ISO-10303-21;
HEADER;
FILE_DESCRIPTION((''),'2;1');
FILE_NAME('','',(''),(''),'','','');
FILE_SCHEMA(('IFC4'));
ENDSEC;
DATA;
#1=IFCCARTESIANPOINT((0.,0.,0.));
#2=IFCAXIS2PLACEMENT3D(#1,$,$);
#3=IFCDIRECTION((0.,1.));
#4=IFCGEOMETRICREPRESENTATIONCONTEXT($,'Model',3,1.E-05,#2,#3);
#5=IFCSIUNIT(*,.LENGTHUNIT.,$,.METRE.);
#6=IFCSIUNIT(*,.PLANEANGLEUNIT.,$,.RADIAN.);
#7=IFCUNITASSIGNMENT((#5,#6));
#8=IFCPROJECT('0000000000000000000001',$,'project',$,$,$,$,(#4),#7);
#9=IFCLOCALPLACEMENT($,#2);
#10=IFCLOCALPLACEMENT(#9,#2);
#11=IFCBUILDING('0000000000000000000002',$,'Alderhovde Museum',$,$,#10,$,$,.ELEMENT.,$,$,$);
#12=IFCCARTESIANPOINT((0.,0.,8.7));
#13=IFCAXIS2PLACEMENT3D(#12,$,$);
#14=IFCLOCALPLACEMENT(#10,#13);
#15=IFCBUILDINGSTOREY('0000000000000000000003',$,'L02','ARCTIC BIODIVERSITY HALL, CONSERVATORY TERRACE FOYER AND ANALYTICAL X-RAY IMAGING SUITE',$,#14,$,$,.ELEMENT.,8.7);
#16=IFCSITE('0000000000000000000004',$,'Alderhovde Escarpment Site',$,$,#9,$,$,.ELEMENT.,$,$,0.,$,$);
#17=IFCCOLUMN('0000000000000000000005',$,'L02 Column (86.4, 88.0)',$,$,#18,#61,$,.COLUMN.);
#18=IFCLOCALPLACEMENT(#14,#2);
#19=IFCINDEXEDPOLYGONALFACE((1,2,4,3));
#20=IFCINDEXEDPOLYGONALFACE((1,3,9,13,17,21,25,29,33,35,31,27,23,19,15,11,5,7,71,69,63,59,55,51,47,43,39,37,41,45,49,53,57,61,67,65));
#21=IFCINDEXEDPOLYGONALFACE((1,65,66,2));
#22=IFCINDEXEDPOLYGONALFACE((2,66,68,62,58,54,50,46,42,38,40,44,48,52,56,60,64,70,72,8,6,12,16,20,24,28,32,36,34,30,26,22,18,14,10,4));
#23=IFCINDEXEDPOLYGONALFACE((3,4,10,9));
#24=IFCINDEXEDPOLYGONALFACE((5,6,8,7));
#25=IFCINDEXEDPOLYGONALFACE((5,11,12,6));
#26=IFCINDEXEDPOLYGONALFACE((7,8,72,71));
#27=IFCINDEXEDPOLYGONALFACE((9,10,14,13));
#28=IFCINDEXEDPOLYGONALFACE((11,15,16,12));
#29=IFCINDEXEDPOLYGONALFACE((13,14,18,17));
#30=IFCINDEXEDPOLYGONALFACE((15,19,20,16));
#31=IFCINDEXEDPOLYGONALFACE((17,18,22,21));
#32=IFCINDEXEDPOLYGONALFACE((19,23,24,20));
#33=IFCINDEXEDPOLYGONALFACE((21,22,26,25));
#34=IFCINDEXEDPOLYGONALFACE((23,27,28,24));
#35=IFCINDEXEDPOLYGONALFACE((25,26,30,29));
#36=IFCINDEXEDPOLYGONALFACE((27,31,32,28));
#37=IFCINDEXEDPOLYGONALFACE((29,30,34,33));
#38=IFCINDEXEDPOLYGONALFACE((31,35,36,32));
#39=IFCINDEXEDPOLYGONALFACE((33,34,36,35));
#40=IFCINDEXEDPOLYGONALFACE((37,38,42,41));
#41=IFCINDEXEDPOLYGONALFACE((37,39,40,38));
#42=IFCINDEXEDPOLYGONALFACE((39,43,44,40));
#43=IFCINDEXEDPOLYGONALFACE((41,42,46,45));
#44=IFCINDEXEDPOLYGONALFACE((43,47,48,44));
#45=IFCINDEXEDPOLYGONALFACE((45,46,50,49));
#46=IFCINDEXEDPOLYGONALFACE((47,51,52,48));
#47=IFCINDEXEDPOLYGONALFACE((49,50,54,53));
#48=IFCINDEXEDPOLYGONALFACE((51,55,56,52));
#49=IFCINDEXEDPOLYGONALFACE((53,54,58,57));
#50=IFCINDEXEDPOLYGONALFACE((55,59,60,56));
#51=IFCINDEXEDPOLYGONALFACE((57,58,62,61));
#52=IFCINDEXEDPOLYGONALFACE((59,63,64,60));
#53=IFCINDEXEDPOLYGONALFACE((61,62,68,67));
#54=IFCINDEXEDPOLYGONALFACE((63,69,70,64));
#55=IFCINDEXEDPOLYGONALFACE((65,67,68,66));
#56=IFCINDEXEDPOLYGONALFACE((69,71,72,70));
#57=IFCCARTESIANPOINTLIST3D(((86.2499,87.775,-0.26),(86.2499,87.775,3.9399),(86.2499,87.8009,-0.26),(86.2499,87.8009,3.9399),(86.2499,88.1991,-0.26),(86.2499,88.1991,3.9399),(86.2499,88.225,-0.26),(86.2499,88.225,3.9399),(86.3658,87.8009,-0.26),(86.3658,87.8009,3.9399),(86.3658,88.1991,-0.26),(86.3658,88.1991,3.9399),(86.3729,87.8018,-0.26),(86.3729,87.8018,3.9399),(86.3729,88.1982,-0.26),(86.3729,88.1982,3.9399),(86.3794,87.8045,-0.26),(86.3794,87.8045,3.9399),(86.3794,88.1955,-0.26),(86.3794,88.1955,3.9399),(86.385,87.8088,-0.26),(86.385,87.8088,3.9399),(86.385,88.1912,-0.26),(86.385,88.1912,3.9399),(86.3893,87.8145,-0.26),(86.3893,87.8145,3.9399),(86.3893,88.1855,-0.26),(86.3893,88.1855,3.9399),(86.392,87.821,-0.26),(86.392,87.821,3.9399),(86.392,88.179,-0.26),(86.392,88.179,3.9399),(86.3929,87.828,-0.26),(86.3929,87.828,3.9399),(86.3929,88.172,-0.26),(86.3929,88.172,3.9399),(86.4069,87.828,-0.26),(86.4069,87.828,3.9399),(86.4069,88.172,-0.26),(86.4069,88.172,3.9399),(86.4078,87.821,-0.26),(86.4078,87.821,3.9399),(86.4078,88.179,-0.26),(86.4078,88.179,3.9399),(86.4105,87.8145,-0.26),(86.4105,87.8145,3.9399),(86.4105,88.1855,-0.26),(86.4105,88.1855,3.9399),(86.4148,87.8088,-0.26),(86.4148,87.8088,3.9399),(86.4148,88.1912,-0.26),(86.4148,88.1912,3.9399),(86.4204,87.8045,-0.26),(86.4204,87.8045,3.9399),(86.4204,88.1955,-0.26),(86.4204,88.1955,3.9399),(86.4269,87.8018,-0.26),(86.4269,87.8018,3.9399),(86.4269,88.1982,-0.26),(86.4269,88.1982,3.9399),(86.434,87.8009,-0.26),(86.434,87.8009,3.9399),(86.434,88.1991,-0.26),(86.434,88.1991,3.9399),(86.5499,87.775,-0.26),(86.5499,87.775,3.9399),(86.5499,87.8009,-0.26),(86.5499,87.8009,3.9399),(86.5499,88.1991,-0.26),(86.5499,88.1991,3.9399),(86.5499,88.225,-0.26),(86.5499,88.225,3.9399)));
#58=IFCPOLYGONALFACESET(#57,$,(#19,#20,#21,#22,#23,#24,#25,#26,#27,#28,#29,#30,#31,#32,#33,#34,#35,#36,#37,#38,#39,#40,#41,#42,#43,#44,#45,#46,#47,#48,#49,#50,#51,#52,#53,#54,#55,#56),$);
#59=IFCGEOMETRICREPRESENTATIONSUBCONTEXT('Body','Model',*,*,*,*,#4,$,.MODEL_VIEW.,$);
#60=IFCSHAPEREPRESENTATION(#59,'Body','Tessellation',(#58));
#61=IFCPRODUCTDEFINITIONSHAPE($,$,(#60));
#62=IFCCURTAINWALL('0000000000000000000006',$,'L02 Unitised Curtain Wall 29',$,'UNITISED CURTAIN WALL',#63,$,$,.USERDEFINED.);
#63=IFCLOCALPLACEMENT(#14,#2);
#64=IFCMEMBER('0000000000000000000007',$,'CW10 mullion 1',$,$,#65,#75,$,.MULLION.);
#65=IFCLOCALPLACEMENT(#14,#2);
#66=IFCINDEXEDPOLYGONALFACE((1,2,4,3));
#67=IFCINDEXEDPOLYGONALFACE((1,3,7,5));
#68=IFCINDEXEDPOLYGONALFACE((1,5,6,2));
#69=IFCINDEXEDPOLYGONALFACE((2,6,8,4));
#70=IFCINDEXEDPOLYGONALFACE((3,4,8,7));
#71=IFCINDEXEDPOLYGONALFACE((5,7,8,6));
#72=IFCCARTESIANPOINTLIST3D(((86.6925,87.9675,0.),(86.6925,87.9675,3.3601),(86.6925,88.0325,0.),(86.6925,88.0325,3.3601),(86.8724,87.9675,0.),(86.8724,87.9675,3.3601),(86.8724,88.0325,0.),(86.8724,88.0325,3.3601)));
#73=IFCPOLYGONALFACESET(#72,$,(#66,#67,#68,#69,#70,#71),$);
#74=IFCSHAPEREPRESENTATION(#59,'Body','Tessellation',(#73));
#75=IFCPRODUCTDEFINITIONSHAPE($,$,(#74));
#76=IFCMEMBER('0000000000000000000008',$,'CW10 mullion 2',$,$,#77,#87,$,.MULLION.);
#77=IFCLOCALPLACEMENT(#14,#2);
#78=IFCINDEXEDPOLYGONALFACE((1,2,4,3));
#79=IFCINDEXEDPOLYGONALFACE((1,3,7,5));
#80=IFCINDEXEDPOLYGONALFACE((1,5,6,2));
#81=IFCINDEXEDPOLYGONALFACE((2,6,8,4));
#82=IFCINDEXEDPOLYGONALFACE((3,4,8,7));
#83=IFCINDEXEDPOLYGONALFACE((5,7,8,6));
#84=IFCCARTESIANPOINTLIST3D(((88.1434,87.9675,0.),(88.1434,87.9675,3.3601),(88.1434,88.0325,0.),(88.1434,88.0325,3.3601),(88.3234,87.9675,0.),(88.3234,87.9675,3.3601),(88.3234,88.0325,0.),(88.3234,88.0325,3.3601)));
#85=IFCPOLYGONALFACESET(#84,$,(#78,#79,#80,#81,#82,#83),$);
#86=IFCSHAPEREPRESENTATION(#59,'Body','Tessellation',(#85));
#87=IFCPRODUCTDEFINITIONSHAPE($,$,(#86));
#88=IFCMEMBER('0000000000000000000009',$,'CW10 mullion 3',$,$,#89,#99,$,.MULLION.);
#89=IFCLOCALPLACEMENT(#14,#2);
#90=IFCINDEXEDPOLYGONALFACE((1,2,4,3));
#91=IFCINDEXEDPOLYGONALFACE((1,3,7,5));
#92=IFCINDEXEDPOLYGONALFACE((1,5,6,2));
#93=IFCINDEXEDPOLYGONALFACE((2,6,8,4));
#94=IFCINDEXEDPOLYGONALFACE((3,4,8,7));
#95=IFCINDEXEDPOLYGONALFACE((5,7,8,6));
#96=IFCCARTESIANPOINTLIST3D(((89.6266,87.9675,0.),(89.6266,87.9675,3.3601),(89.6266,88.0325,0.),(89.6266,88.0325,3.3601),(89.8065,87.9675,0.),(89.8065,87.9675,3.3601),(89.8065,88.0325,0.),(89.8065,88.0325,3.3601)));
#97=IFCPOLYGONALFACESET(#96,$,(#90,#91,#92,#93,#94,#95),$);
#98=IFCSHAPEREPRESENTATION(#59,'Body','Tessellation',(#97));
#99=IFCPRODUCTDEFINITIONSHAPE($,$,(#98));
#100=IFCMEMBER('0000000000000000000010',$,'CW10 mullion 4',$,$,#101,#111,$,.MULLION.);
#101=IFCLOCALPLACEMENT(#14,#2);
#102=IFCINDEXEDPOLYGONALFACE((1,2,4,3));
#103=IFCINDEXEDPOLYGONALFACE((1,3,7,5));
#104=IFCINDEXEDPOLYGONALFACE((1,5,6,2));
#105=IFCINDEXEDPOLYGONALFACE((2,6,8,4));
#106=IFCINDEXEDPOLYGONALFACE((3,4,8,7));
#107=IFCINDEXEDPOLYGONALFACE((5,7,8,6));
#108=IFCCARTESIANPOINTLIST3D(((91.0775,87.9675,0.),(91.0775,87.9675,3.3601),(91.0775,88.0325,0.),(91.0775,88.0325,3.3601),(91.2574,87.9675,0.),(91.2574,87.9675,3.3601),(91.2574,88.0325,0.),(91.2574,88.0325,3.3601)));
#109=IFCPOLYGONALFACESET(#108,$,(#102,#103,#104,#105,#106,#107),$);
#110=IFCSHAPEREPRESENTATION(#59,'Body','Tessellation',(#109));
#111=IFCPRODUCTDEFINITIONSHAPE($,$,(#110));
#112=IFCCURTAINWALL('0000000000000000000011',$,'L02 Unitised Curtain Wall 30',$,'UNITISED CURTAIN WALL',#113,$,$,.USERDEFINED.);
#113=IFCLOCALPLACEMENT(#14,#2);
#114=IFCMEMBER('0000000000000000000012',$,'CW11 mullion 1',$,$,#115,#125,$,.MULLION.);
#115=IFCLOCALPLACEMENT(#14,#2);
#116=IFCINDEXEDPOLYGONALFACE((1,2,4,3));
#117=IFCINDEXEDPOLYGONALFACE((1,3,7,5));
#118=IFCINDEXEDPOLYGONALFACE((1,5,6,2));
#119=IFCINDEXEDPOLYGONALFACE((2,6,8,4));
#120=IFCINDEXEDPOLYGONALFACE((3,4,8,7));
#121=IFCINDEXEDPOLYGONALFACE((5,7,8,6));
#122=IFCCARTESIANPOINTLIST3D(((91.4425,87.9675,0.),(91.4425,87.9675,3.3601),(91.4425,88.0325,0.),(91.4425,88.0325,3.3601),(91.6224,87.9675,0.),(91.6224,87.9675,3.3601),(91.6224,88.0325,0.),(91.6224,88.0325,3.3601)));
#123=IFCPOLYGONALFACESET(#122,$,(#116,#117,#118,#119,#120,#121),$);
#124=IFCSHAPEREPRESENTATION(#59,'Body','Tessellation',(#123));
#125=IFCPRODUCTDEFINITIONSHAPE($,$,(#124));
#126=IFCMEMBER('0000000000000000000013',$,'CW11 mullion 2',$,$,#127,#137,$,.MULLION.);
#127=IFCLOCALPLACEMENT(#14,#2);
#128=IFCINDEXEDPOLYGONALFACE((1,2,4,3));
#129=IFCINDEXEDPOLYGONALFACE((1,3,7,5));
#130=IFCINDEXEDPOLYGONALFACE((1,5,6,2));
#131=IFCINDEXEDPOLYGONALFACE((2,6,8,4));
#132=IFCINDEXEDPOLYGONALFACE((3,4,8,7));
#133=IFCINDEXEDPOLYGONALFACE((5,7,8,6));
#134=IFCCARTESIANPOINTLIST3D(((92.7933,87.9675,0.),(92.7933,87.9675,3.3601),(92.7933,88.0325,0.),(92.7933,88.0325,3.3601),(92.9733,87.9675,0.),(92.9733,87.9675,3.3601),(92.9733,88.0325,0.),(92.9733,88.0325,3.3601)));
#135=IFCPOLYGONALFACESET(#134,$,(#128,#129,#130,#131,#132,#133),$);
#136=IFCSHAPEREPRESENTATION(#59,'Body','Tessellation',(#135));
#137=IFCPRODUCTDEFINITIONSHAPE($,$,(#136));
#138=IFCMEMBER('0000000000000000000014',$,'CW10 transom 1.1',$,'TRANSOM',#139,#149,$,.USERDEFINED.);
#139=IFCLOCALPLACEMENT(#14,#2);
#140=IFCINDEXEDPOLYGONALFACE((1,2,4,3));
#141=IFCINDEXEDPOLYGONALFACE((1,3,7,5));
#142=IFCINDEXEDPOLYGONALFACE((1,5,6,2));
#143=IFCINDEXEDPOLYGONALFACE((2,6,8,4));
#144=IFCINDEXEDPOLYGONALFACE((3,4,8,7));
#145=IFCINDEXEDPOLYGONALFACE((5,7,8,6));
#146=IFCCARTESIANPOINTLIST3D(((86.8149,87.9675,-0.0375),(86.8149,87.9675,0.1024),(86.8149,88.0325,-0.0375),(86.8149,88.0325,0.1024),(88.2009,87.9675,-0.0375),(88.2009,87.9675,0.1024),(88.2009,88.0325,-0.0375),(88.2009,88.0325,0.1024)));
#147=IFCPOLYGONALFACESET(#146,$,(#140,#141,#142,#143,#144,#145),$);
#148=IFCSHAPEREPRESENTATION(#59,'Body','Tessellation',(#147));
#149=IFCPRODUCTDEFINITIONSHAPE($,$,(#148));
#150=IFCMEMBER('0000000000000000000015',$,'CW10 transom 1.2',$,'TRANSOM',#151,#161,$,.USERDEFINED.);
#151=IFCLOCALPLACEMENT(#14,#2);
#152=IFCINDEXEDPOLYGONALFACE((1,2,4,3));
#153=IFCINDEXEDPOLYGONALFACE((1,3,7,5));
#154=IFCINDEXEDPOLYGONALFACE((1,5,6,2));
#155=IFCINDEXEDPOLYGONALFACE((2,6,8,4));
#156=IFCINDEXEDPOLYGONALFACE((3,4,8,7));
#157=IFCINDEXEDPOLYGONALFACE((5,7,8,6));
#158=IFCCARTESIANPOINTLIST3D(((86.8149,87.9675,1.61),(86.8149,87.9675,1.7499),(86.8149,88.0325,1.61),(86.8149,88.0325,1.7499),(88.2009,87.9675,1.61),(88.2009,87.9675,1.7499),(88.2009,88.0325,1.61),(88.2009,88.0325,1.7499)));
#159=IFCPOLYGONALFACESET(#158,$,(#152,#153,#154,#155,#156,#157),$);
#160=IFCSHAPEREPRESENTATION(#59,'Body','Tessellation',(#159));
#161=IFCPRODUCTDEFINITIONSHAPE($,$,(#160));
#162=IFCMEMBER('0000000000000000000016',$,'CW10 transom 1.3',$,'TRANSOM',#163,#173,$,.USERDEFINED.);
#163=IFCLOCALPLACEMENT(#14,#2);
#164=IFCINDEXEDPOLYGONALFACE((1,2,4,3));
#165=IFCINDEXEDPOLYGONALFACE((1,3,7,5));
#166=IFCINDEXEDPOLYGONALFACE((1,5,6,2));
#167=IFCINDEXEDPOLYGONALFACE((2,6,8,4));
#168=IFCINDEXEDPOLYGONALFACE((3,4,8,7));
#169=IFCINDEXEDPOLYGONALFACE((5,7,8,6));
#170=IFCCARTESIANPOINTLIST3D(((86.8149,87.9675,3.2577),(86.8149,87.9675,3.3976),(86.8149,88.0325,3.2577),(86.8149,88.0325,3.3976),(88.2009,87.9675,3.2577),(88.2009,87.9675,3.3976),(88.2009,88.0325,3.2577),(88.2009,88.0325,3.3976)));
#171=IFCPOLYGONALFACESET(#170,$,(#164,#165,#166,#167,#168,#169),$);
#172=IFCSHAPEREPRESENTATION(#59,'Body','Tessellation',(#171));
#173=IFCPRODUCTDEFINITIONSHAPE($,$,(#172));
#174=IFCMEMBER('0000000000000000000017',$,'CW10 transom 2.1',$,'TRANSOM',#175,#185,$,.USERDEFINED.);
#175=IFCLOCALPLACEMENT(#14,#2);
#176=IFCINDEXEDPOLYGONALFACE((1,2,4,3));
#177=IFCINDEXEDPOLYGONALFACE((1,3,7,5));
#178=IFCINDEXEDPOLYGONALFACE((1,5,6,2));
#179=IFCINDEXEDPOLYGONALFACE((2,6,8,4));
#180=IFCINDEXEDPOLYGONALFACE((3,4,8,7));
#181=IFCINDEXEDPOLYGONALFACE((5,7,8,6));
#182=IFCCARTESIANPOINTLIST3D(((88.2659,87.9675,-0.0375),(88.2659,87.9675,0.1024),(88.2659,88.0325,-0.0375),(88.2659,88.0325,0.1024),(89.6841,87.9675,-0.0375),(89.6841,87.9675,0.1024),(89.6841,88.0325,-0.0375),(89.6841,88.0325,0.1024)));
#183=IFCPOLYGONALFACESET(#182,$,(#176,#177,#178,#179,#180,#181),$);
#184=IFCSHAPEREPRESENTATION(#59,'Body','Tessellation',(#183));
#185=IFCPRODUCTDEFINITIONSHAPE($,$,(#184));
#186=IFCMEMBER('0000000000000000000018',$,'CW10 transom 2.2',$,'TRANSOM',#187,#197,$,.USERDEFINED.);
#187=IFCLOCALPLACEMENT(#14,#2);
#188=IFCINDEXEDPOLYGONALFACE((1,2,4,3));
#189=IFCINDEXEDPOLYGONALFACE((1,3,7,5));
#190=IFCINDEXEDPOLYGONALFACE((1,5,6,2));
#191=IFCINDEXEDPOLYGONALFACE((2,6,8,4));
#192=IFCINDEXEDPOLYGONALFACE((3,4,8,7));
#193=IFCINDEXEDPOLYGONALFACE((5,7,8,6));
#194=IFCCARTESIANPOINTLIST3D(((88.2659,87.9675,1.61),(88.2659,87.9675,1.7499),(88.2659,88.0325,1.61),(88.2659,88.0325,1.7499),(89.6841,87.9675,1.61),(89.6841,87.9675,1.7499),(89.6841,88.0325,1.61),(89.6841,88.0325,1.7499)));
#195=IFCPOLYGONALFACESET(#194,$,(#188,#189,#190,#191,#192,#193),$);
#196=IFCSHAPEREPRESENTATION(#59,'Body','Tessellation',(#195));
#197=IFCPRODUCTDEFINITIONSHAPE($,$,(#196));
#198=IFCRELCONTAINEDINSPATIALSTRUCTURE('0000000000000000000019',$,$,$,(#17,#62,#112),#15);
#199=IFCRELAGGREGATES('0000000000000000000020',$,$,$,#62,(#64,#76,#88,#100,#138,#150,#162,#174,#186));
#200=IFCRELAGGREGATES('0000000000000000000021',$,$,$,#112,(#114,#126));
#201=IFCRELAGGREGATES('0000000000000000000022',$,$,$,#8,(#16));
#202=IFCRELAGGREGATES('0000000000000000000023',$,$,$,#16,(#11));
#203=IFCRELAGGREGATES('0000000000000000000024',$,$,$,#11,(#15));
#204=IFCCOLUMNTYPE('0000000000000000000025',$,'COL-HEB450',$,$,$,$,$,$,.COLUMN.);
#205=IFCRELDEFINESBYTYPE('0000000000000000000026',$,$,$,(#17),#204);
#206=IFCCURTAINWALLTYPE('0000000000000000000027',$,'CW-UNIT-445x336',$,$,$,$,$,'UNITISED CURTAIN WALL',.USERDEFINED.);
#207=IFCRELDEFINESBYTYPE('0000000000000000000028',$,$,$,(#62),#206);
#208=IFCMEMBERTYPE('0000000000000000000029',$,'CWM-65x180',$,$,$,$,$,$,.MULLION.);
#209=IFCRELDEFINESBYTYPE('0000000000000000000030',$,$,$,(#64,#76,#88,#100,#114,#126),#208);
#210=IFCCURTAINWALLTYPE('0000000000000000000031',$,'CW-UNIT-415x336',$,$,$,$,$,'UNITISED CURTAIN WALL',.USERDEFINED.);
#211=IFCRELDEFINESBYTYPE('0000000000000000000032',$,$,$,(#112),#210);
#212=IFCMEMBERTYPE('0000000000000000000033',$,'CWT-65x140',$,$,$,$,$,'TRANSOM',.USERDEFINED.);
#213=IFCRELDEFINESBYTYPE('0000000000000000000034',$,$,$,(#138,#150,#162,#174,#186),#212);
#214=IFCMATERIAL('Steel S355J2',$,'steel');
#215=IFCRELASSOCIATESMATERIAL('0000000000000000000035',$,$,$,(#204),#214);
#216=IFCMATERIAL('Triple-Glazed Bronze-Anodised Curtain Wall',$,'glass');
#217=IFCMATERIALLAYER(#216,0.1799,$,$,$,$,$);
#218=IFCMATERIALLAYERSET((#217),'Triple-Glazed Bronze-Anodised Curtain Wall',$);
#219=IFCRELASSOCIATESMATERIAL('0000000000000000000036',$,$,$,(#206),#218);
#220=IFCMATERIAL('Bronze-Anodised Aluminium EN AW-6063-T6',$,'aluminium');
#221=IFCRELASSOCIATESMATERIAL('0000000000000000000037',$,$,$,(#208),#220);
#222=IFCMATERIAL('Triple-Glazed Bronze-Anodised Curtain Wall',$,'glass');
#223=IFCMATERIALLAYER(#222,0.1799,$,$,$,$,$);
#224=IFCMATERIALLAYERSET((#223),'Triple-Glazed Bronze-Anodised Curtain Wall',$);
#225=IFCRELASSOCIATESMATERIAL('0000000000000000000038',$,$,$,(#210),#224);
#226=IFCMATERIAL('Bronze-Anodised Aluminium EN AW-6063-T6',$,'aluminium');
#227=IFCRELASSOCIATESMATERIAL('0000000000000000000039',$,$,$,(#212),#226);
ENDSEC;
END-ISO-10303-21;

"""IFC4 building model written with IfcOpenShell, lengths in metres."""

from ifc_helpers import new_model, si_unit, direction, frame, origin, origin_2d, place, context, subcontext, project, spatial, rectangle, i_section, extrude, material, layer, layer_set, material_profile, profile_set, type_object, element, aggregate, save


model = new_model("IFC4")

# Units and contexts
model_context = context("Model", 3, precision=1e-05, world=origin(), true_north=direction((0.0, 1.0)))
body_context = subcontext(model_context, "Body", "Model", "MODEL_VIEW")
ifc_project = project(units=[si_unit("LENGTHUNIT", "METRE"), si_unit("PLANEANGLEUNIT", "RADIAN")], contexts=[model_context])

# Site, building, storey
site_placement = place(None, origin())
site = spatial("IfcSite", under=ifc_project, at=site_placement, Name="Alderhovde Escarpment Site", CompositionType="ELEMENT", RefElevation=0.0)
building_placement = place(site_placement, origin())
building = spatial("IfcBuilding", under=site, at=building_placement, Name="Alderhovde Museum", CompositionType="ELEMENT")
storey_placement = place(building_placement, frame((0.0, 0.0, 8.7)))
storey = spatial("IfcBuildingStorey", under=building, at=storey_placement, Name="L02", Description="ARCTIC BIODIVERSITY HALL, CONSERVATORY TERRACE FOYER AND ANALYTICAL X-RAY IMAGING SUITE", CompositionType="ELEMENT", Elevation=8.7)

# Column
ifc_material_1 = material(Name="Steel S355J2", Category="steel")
ifc_material_profile_1 = material_profile(ifc_material_1, i_section(OverallWidth=0.3, OverallDepth=0.45, WebThickness=0.0139, FlangeThickness=0.0259, FilletRadius=0.0271, at=origin_2d()), Name="HEB 450")
ifc_profile_set_1 = profile_set([ifc_material_profile_1], Name="Steel S355J2")
column_type = type_object("IfcColumnType", Name="COL-HEB450", PredefinedType="COLUMN", material=ifc_profile_set_1)
column_placement = place(storey_placement, frame((86.3999, 88.0, -0.26), z_axis=(0.0, 0.0, 1.0), x_axis=(1.0, 0.0, 0.0)))
element("IfcColumn", 1, at=column_placement, inside=storey, type_object=column_type, Name="L02 Column (86.4, 88.0)", PredefinedType="COLUMN", context=body_context, shape_type="SweptSolid", body=[
    extrude(i_section(OverallWidth=0.3, OverallDepth=0.45, WebThickness=0.0139, FlangeThickness=0.0259, FilletRadius=0.0271, at=origin_2d()), origin(), (0.0, 0.0, 1.0), 4.2),
])

# Curtain walls, members
ifc_material_2 = material(Name="Triple-Glazed Bronze-Anodised Curtain Wall", Category="glass")
ifc_layer_1 = layer(ifc_material_2, 0.1799)
ifc_layer_set_1 = layer_set([ifc_layer_1], Name="Triple-Glazed Bronze-Anodised Curtain Wall")
curtain_wall_type_1 = type_object("IfcCurtainWallType", Name="CW-UNIT-445x336", ElementType="UNITISED CURTAIN WALL", PredefinedType="USERDEFINED", material=ifc_layer_set_1)
curtain_wall_1_placement = place(storey_placement, origin())
curtain_wall_1 = element("IfcCurtainWall", 2, at=curtain_wall_1_placement, inside=storey, type_object=curtain_wall_type_1, Name="L02 Unitised Curtain Wall 29", ObjectType="UNITISED CURTAIN WALL", PredefinedType="USERDEFINED")
ifc_material_3 = material(Name="Bronze-Anodised Aluminium EN AW-6063-T6", Category="aluminium")
ifc_material_profile_2 = material_profile(ifc_material_3, rectangle(XDim=0.0649, YDim=0.1799, at=origin_2d()), Name="MULLION 65x180")
ifc_profile_set_2 = profile_set([ifc_material_profile_2], Name="Bronze-Anodised Aluminium EN AW-6063-T6")
member_type_1 = type_object("IfcMemberType", Name="CWM-65x180", PredefinedType="MULLION", material=ifc_profile_set_2)
member_1_placement = place(storey_placement, frame((86.7825, 88.0, 0.0), z_axis=(0.0, 0.0, 1.0), x_axis=(0.0, 1.0, 0.0)))
member_1 = element("IfcMember", 3, at=member_1_placement, type_object=member_type_1, Name="CW10 mullion 1", PredefinedType="MULLION", context=body_context, shape_type="SweptSolid", body=[
    extrude(rectangle(XDim=0.0649, YDim=0.1799, at=origin_2d()), origin(), (0.0, 0.0, 1.0), 3.3601),
])
member_2_placement = place(storey_placement, frame((88.2334, 88.0, 0.0), z_axis=(0.0, 0.0, 1.0), x_axis=(0.0, 1.0, 0.0)))
member_2 = element("IfcMember", 4, at=member_2_placement, type_object=member_type_1, Name="CW10 mullion 2", PredefinedType="MULLION", context=body_context, shape_type="SweptSolid", body=[
    extrude(rectangle(XDim=0.0649, YDim=0.1799, at=origin_2d()), origin(), (0.0, 0.0, 1.0), 3.3601),
])
member_3_placement = place(storey_placement, frame((89.7166, 88.0, 0.0), z_axis=(0.0, 0.0, 1.0), x_axis=(0.0, 1.0, 0.0)))
member_3 = element("IfcMember", 5, at=member_3_placement, type_object=member_type_1, Name="CW10 mullion 3", PredefinedType="MULLION", context=body_context, shape_type="SweptSolid", body=[
    extrude(rectangle(XDim=0.0649, YDim=0.1799, at=origin_2d()), origin(), (0.0, 0.0, 1.0), 3.3601),
])
member_4_placement = place(storey_placement, frame((91.1675, 88.0, 0.0), z_axis=(0.0, 0.0, 1.0), x_axis=(0.0, 1.0, 0.0)))
member_4 = element("IfcMember", 6, at=member_4_placement, type_object=member_type_1, Name="CW10 mullion 4", PredefinedType="MULLION", context=body_context, shape_type="SweptSolid", body=[
    extrude(rectangle(XDim=0.0649, YDim=0.1799, at=origin_2d()), origin(), (0.0, 0.0, 1.0), 3.3601),
])
ifc_material_4 = material(Name="Triple-Glazed Bronze-Anodised Curtain Wall", Category="glass")
ifc_layer_2 = layer(ifc_material_4, 0.1799)
ifc_layer_set_2 = layer_set([ifc_layer_2], Name="Triple-Glazed Bronze-Anodised Curtain Wall")
curtain_wall_type_2 = type_object("IfcCurtainWallType", Name="CW-UNIT-415x336", ElementType="UNITISED CURTAIN WALL", PredefinedType="USERDEFINED", material=ifc_layer_set_2)
curtain_wall_2_placement = place(storey_placement, origin())
curtain_wall_2 = element("IfcCurtainWall", 7, at=curtain_wall_2_placement, inside=storey, type_object=curtain_wall_type_2, Name="L02 Unitised Curtain Wall 30", ObjectType="UNITISED CURTAIN WALL", PredefinedType="USERDEFINED")
member_5_placement = place(storey_placement, frame((91.5325, 88.0, 0.0), z_axis=(0.0, 0.0, 1.0), x_axis=(0.0, 1.0, 0.0)))
member_5 = element("IfcMember", 8, at=member_5_placement, type_object=member_type_1, Name="CW11 mullion 1", PredefinedType="MULLION", context=body_context, shape_type="SweptSolid", body=[
    extrude(rectangle(XDim=0.0649, YDim=0.1799, at=origin_2d()), origin(), (0.0, 0.0, 1.0), 3.3601),
])
member_6_placement = place(storey_placement, frame((92.8833, 88.0, 0.0), z_axis=(0.0, 0.0, 1.0), x_axis=(0.0, 1.0, 0.0)))
member_6 = element("IfcMember", 9, at=member_6_placement, type_object=member_type_1, Name="CW11 mullion 2", PredefinedType="MULLION", context=body_context, shape_type="SweptSolid", body=[
    extrude(rectangle(XDim=0.0649, YDim=0.1799, at=origin_2d()), origin(), (0.0, 0.0, 1.0), 3.3601),
])

# Members
ifc_material_5 = material(Name="Bronze-Anodised Aluminium EN AW-6063-T6", Category="aluminium")
ifc_material_profile_3 = material_profile(ifc_material_5, rectangle(XDim=0.0649, YDim=0.1399, at=origin_2d()), Name="TRANSOM 65x140")
ifc_profile_set_3 = profile_set([ifc_material_profile_3], Name="Bronze-Anodised Aluminium EN AW-6063-T6")
member_type_2 = type_object("IfcMemberType", Name="CWT-65x140", ElementType="TRANSOM", PredefinedType="USERDEFINED", material=ifc_profile_set_3)
member_7_placement = place(storey_placement, frame((86.8149, 88.0, 0.0325), z_axis=(1.0, 0.0, 0.0), x_axis=(0.0, 1.0, 0.0)))
member_7 = element("IfcMember", 10, at=member_7_placement, type_object=member_type_2, Name="CW10 transom 1.1", ObjectType="TRANSOM", PredefinedType="USERDEFINED", context=body_context, shape_type="SweptSolid", body=[
    extrude(rectangle(XDim=0.0649, YDim=0.1399, at=origin_2d()), origin(), (0.0, 0.0, 1.0), 1.386),
])
member_8_placement = place(storey_placement, frame((86.8149, 88.0, 1.6799), z_axis=(1.0, 0.0, 0.0), x_axis=(0.0, 1.0, 0.0)))
member_8 = element("IfcMember", 11, at=member_8_placement, type_object=member_type_2, Name="CW10 transom 1.2", ObjectType="TRANSOM", PredefinedType="USERDEFINED", context=body_context, shape_type="SweptSolid", body=[
    extrude(rectangle(XDim=0.0649, YDim=0.1399, at=origin_2d()), origin(), (0.0, 0.0, 1.0), 1.386),
])
member_9_placement = place(storey_placement, frame((86.8149, 88.0, 3.3276), z_axis=(1.0, 0.0, 0.0), x_axis=(0.0, 1.0, 0.0)))
member_9 = element("IfcMember", 12, at=member_9_placement, type_object=member_type_2, Name="CW10 transom 1.3", ObjectType="TRANSOM", PredefinedType="USERDEFINED", context=body_context, shape_type="SweptSolid", body=[
    extrude(rectangle(XDim=0.0649, YDim=0.1399, at=origin_2d()), origin(), (0.0, 0.0, 1.0), 1.386),
])
member_10_placement = place(storey_placement, frame((88.2659, 88.0, 0.0325), z_axis=(1.0, 0.0, 0.0), x_axis=(0.0, 1.0, 0.0)))
member_10 = element("IfcMember", 13, at=member_10_placement, type_object=member_type_2, Name="CW10 transom 2.1", ObjectType="TRANSOM", PredefinedType="USERDEFINED", context=body_context, shape_type="SweptSolid", body=[
    extrude(rectangle(XDim=0.0649, YDim=0.1399, at=origin_2d()), origin(), (0.0, 0.0, 1.0), 1.4182),
])
member_11_placement = place(storey_placement, frame((88.2659, 88.0, 1.6799), z_axis=(1.0, 0.0, 0.0), x_axis=(0.0, 1.0, 0.0)))
member_11 = element("IfcMember", 14, at=member_11_placement, type_object=member_type_2, Name="CW10 transom 2.2", ObjectType="TRANSOM", PredefinedType="USERDEFINED", context=body_context, shape_type="SweptSolid", body=[
    extrude(rectangle(XDim=0.0649, YDim=0.1399, at=origin_2d()), origin(), (0.0, 0.0, 1.0), 1.4182),
])

aggregate(curtain_wall_1, [member_1, member_2, member_3, member_4, member_7, member_8, member_9, member_10, member_11])
aggregate(curtain_wall_2, [member_5, member_6])

save(model, "model.ifc")
